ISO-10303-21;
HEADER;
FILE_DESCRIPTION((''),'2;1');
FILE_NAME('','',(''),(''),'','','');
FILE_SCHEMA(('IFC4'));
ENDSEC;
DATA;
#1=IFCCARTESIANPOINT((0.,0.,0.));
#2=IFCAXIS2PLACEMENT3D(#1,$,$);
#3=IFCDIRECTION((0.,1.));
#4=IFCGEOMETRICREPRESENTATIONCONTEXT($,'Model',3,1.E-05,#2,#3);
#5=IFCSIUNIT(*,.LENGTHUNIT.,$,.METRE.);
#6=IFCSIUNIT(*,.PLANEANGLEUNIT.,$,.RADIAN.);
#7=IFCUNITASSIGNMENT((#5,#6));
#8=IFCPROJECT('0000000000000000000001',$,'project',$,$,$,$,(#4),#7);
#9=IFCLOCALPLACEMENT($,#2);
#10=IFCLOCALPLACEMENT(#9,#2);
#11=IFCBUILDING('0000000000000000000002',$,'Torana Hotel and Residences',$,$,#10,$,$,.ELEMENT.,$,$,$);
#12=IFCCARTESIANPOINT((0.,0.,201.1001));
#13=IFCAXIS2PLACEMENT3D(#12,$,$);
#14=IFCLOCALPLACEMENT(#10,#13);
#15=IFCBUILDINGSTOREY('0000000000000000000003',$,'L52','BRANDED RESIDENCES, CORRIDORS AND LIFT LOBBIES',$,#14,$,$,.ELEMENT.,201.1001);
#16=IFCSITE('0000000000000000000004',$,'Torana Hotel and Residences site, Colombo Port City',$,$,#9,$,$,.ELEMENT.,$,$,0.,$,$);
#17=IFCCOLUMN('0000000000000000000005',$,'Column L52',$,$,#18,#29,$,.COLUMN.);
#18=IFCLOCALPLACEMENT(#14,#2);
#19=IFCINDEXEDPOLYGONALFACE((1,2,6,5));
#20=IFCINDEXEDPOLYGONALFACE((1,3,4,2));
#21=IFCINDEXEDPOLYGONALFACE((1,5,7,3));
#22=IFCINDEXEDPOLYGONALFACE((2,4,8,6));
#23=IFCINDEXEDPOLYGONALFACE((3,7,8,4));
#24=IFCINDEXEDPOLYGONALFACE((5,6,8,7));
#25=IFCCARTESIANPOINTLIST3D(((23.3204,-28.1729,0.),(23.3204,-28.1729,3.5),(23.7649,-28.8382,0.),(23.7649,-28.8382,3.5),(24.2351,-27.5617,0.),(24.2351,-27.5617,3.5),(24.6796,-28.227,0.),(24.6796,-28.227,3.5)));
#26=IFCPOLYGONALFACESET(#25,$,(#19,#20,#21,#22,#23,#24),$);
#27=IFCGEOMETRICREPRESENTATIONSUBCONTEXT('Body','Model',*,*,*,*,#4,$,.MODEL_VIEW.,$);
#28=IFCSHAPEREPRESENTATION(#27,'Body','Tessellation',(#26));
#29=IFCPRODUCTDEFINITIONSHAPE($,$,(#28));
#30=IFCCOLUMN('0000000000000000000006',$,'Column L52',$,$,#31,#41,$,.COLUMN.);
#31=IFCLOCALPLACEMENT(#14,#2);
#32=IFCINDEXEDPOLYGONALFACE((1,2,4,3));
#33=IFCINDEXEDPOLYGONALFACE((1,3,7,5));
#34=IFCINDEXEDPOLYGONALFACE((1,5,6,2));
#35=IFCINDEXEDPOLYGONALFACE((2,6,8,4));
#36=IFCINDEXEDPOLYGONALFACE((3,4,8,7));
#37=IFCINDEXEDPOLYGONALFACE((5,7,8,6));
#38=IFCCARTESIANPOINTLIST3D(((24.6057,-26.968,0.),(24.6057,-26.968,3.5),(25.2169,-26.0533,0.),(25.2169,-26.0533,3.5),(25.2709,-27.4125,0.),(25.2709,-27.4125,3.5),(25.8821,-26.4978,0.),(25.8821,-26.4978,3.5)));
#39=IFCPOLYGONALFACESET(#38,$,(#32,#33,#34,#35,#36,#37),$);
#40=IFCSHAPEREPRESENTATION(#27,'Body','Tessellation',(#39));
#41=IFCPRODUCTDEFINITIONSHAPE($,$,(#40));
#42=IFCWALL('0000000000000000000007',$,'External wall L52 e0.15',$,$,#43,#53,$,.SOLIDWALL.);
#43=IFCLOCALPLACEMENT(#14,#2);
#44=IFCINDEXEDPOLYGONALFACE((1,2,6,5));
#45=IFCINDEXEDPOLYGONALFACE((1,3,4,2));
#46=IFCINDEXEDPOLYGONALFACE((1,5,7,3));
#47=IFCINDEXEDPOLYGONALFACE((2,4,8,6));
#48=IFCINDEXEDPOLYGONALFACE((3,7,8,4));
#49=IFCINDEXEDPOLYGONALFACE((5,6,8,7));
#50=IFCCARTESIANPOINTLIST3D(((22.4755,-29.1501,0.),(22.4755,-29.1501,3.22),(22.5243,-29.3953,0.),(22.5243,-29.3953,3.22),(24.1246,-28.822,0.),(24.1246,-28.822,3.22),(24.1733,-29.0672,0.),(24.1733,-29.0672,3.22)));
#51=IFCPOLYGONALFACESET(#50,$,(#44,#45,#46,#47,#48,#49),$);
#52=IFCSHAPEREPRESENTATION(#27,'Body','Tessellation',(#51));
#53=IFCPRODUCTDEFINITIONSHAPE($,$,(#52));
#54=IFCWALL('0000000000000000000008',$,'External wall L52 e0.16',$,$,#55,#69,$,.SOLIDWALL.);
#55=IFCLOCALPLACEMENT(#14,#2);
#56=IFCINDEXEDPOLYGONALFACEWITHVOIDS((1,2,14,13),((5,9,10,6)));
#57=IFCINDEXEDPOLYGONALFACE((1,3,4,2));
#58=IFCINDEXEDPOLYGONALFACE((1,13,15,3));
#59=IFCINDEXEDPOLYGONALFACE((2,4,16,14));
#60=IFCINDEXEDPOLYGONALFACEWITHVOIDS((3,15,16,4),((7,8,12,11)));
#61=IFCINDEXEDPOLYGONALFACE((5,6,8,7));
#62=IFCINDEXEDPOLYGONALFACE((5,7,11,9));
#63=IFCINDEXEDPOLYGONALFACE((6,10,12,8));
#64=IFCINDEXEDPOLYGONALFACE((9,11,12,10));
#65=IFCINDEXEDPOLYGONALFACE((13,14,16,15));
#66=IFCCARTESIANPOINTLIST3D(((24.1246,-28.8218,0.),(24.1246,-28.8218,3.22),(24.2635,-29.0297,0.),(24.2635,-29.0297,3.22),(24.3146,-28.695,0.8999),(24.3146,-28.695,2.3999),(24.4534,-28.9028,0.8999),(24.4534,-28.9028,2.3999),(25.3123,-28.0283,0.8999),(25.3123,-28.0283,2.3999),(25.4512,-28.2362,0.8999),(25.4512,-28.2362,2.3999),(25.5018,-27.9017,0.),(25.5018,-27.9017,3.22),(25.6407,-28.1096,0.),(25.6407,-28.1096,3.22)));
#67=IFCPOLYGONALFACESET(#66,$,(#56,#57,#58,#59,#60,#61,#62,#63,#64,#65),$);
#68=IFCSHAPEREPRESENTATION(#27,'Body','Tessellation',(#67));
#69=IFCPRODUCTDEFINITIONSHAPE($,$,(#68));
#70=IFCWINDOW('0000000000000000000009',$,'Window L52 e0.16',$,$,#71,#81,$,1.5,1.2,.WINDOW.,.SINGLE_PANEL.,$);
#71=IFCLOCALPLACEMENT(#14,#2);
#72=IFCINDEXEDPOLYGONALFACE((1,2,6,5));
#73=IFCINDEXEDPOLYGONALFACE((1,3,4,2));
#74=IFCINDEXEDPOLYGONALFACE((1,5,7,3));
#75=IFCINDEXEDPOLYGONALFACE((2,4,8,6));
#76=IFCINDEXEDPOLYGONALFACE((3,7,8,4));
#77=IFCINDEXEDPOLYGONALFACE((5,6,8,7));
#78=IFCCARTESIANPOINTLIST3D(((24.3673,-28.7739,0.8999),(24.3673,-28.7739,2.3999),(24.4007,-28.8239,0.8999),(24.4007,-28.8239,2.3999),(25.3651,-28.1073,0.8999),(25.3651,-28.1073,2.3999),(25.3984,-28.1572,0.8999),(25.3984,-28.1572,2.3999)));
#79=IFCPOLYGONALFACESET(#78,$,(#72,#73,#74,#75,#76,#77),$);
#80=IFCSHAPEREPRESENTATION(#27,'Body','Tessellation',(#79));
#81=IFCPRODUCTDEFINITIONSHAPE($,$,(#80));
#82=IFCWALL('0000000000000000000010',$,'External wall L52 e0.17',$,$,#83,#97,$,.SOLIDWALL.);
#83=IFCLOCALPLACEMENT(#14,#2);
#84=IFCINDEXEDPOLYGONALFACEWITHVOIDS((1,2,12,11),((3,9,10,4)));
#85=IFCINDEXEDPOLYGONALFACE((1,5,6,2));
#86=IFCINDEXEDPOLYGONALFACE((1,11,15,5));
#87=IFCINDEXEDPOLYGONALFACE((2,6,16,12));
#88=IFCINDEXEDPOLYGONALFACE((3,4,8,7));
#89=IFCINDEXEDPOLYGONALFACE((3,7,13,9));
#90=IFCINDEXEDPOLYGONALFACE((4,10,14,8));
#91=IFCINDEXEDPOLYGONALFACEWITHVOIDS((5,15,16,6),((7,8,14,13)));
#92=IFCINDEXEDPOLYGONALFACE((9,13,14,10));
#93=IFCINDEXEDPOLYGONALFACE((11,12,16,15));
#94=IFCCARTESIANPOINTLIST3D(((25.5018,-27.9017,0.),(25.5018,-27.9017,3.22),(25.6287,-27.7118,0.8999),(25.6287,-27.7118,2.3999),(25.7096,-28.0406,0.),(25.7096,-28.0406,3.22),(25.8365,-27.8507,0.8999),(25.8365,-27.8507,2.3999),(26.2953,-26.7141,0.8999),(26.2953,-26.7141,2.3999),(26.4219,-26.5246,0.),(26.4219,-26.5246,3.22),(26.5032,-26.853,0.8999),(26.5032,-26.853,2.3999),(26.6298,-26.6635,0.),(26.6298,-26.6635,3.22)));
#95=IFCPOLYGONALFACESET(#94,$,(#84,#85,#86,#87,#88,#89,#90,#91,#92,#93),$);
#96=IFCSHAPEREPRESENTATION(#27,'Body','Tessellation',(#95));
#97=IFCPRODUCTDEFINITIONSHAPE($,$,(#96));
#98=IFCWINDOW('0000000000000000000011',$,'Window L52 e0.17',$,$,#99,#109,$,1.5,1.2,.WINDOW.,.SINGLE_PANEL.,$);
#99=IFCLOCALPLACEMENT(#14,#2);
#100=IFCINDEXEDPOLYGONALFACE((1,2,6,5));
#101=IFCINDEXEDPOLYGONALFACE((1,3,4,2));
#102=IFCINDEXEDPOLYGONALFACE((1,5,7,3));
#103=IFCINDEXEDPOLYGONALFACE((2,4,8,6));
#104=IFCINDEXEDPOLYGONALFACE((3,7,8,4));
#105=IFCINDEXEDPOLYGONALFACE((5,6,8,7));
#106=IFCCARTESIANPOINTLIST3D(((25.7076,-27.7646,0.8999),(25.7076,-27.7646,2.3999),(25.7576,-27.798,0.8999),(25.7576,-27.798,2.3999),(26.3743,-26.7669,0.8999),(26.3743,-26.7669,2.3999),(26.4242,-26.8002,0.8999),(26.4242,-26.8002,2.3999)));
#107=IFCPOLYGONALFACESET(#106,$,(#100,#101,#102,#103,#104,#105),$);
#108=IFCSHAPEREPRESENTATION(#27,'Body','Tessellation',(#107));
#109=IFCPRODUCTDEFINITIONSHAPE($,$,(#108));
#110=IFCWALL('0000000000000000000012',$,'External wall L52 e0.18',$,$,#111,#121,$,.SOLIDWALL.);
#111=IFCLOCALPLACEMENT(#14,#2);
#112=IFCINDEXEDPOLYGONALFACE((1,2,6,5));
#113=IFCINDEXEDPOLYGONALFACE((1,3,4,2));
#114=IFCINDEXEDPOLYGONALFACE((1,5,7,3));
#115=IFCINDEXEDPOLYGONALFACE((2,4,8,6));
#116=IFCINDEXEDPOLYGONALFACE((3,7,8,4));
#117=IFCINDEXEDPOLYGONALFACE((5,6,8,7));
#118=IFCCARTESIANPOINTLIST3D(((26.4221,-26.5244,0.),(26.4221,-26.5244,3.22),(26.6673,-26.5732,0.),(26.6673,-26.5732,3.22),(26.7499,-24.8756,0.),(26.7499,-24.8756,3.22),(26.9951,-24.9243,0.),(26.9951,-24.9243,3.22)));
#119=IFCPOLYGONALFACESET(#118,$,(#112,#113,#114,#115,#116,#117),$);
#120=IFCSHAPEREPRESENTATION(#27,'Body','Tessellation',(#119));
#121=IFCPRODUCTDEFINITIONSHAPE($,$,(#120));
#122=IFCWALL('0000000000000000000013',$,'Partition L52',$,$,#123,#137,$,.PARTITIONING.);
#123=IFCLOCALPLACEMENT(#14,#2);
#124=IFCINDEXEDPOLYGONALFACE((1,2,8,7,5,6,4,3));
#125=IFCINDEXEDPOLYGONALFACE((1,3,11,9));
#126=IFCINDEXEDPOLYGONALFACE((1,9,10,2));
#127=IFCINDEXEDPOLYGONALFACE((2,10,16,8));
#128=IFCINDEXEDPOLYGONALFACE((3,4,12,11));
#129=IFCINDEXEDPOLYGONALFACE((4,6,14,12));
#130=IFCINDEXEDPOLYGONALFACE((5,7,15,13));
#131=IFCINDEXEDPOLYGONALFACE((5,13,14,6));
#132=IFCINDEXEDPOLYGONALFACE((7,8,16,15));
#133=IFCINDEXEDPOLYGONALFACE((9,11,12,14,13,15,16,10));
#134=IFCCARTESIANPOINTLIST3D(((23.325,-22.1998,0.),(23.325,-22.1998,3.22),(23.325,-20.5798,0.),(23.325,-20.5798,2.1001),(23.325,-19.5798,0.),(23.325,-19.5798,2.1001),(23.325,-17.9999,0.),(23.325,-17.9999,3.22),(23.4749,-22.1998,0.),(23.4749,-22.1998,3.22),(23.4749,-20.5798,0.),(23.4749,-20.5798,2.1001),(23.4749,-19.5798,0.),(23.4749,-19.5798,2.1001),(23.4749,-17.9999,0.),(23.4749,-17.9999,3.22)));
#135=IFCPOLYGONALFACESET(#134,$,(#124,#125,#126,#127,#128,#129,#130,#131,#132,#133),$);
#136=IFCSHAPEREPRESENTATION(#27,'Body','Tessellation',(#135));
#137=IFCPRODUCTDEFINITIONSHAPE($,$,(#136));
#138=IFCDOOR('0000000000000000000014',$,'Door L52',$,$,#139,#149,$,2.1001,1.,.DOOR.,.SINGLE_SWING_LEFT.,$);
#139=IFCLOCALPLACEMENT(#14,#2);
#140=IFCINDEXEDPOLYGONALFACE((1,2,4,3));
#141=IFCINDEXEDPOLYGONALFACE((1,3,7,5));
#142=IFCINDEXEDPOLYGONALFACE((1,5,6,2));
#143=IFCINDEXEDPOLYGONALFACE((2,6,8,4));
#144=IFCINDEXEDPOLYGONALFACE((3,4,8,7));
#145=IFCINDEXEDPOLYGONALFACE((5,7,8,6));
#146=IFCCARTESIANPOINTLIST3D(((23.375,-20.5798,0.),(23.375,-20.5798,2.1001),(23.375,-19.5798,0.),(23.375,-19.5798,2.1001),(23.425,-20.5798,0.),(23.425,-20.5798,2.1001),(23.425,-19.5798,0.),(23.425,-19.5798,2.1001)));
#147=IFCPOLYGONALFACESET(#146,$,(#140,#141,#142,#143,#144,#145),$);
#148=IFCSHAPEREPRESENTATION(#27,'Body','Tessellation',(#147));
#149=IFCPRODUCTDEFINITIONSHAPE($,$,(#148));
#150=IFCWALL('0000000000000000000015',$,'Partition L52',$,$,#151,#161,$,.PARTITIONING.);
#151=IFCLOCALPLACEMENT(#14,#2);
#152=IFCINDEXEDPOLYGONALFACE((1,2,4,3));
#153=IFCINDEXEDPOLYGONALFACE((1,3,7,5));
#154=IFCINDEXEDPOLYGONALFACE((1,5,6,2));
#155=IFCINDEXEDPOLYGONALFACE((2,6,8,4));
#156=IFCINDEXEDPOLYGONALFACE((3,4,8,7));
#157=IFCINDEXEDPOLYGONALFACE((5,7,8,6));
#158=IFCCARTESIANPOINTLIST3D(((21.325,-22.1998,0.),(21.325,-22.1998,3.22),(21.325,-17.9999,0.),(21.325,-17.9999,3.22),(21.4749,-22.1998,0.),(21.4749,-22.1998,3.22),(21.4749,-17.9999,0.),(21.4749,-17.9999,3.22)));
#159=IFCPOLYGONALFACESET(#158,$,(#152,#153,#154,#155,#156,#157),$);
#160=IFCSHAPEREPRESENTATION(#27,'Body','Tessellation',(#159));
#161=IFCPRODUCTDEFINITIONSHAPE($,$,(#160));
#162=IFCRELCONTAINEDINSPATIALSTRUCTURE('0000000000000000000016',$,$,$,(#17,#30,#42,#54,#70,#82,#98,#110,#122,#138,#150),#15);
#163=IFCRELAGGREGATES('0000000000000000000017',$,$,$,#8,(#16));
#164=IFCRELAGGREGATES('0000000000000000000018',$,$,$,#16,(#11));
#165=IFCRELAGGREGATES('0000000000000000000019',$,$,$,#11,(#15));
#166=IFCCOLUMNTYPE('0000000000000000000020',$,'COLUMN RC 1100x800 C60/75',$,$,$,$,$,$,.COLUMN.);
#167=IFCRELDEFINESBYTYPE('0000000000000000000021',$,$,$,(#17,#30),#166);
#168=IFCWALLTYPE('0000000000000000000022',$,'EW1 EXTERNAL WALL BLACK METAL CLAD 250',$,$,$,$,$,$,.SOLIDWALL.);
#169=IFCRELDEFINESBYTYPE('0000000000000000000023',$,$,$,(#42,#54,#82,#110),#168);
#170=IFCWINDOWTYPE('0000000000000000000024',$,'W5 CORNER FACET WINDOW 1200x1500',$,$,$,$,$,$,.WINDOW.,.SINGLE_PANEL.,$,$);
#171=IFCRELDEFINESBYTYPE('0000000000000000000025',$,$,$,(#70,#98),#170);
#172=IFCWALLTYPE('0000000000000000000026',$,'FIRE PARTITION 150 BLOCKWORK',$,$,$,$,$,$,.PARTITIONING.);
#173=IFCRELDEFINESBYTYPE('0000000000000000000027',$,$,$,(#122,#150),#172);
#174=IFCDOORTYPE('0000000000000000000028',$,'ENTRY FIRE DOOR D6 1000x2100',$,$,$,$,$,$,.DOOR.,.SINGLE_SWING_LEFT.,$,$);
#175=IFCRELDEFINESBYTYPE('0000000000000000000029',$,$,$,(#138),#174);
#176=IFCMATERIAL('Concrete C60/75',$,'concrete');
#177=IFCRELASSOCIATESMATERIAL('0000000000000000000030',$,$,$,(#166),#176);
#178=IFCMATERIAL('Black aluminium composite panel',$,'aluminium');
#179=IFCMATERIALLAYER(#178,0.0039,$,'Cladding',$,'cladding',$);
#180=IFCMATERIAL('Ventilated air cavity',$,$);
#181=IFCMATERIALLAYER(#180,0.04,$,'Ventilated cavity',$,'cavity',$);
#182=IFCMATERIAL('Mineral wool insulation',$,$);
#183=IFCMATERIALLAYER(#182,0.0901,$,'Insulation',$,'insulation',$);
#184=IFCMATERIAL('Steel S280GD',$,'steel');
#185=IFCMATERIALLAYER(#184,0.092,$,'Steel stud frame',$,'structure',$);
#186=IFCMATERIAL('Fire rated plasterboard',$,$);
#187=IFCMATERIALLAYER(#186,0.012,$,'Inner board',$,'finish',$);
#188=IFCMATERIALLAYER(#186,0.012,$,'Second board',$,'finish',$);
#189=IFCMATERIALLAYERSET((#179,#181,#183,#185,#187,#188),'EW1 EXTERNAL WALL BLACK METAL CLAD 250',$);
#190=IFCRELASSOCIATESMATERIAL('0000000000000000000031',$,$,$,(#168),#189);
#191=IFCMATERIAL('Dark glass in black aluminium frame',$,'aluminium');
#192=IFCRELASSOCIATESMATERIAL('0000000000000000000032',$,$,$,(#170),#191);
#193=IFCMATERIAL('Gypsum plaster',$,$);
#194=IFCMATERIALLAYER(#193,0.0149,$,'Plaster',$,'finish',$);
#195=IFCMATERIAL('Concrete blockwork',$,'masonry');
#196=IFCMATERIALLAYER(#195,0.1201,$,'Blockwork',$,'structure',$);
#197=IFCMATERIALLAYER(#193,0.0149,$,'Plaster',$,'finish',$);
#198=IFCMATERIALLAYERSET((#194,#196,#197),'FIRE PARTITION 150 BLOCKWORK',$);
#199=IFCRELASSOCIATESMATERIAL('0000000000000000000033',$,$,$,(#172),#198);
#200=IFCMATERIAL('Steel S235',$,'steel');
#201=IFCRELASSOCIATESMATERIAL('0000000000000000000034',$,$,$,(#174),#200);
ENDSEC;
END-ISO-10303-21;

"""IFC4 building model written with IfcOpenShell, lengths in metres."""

from ifc_helpers import new_model, si_unit, direction, frame, frame_2d, origin, origin_2d, place, context, subcontext, project, spatial, rectangle, extrude, material, layer, layer_set, material_profile, profile_set, type_object, element, fill, save


model = new_model("IFC4")

# Units and contexts
model_context = context("Model", 3, precision=1e-05, world=origin(), true_north=direction((0.0, 1.0)))
body_context = subcontext(model_context, "Body", "Model", "MODEL_VIEW")
ifc_project = project(units=[si_unit("LENGTHUNIT", "METRE"), si_unit("PLANEANGLEUNIT", "RADIAN")], contexts=[model_context])

# Site, building, storey
site_placement = place(None, origin())
site = spatial("IfcSite", under=ifc_project, at=site_placement, Name="Torana Hotel and Residences site, Colombo Port City", CompositionType="ELEMENT", RefElevation=0.0)
building_placement = place(site_placement, origin())
building = spatial("IfcBuilding", under=site, at=building_placement, Name="Torana Hotel and Residences", CompositionType="ELEMENT")
storey_placement = place(building_placement, frame((0.0, 0.0, 201.1001)))
storey = spatial("IfcBuildingStorey", under=building, at=storey_placement, Name="L52", Description="BRANDED RESIDENCES, CORRIDORS AND LIFT LOBBIES", CompositionType="ELEMENT", Elevation=201.1001)

# Columns
ifc_material_1 = material(Name="Concrete C60/75", Category="concrete")
ifc_material_profile = material_profile(ifc_material_1, rectangle(XDim=1.1001, YDim=0.8, at=origin_2d()), Name="RC 1100x800")
ifc_profile_set = profile_set([ifc_material_profile], Name="Concrete C60/75")
column_type = type_object("IfcColumnType", Name="COLUMN RC 1100x800 C60/75", PredefinedType="COLUMN", material=ifc_profile_set)
for number, where, z_axis, x_axis, name in (
    (1, (24.0, -28.2, 0.0), (0.0, 0.0, 1.0), (0.83146, 0.555585, 0.0), "Column L52"),
    (2, (25.2439, -26.7329, 0.0), (0.0, 0.0, 1.0), (0.555585, 0.83146, 0.0), "Column L52"),
):
    element("IfcColumn", number, at=place(storey_placement, frame(where, z_axis=z_axis, x_axis=x_axis)), inside=storey, type_object=column_type, Name=name, PredefinedType="COLUMN", context=body_context, shape_type="SweptSolid", body=[
        extrude(rectangle(XDim=1.1001, YDim=0.8, at=origin_2d()), origin(), (0.0, 0.0, 1.0), 3.5),
    ])

# Wall
ifc_material_2 = material(Name="Black aluminium composite panel", Category="aluminium")
ifc_layer_1 = layer(ifc_material_2, 0.0039, Name="Cladding", Category="cladding")
ifc_material_3 = material(Name="Ventilated air cavity")
ifc_layer_2 = layer(ifc_material_3, 0.04, Name="Ventilated cavity", Category="cavity")
ifc_material_4 = material(Name="Mineral wool insulation")
ifc_layer_3 = layer(ifc_material_4, 0.0901, Name="Insulation", Category="insulation")
ifc_material_5 = material(Name="Steel S280GD", Category="steel")
ifc_layer_4 = layer(ifc_material_5, 0.092, Name="Steel stud frame", Category="structure")
ifc_material_6 = material(Name="Fire rated plasterboard")
ifc_layer_5 = layer(ifc_material_6, 0.012, Name="Inner board", Category="finish")
ifc_layer_6 = layer(ifc_material_6, 0.012, Name="Second board", Category="finish")
ifc_layer_set_1 = layer_set([ifc_layer_1, ifc_layer_2, ifc_layer_3, ifc_layer_4, ifc_layer_5, ifc_layer_6], Name="EW1 EXTERNAL WALL BLACK METAL CLAD 250")
wall_type_1 = type_object("IfcWallType", Name="EW1 EXTERNAL WALL BLACK METAL CLAD 250", PredefinedType="SOLIDWALL", material=ifc_layer_set_1)
wall_1_placement = place(storey_placement, frame((22.4998, -29.2727, 0.0), z_axis=(0.0, 0.0, 1.0), x_axis=(0.980776, 0.195139, 0.0)))
element("IfcWall", 3, at=wall_1_placement, inside=storey, type_object=wall_type_1, Name="External wall L52 e0.15", PredefinedType="SOLIDWALL", context=body_context, shape_type="SweptSolid", body=[
    extrude(rectangle(XDim=1.6814, YDim=0.25, at=frame_2d((0.8408, 0.0))), origin(), (0.0, 0.0, 1.0), 3.22),
])

# Walls, openings, windows
wall_2_placement = place(storey_placement, frame((24.1941, -28.9258, 0.0), z_axis=(0.0, 0.0, 1.0), x_axis=(0.831483, 0.55555, 0.0)))
wall_2 = element("IfcWall", 4, at=wall_2_placement, inside=storey, type_object=wall_type_1, Name="External wall L52 e0.16", PredefinedType="SOLIDWALL", context=body_context, shape_type="SweptSolid", body=[
    extrude(rectangle(XDim=1.6562, YDim=0.25, at=frame_2d((0.8281, 0.0))), origin(), (0.0, 0.0, 1.0), 3.22),
])
opening_1_placement = place(wall_2_placement, frame((0.2283, 0.0, 0.8999)))
opening_1 = element("IfcOpeningElement", 5, at=opening_1_placement, cuts=wall_2, PredefinedType="OPENING", context=body_context, shape_type="SweptSolid", body=[
    extrude(rectangle(XDim=1.2, YDim=1.5, at=frame_2d((0.6001, 0.75))), frame((0.0, 0.135, 0.0), z_axis=(0.0, -1.0, 0.0), x_axis=(1.0, 0.0, 0.0)), (0.0, 0.0, 1.0), 0.27),
])
ifc_material_7 = material(Name="Dark glass in black aluminium frame", Category="aluminium")
window_type = type_object("IfcWindowType", Name="W5 CORNER FACET WINDOW 1200x1500", PartitioningType="SINGLE_PANEL", PredefinedType="WINDOW", material=ifc_material_7)
window_1_placement = place(opening_1_placement, origin())
window_1 = element("IfcWindow", 6, at=window_1_placement, inside=storey, type_object=window_type, Name="Window L52 e0.16", OverallHeight=1.5, OverallWidth=1.2, PartitioningType="SINGLE_PANEL", PredefinedType="WINDOW", context=body_context, shape_type="SweptSolid", body=[
    extrude(rectangle(XDim=1.2, YDim=1.5, at=frame_2d((0.6001, 0.75))), frame((0.0, 0.03, 0.0), z_axis=(0.0, -1.0, 0.0), x_axis=(1.0, 0.0, 0.0)), (0.0, 0.0, 1.0), 0.0601),
])
fill(opening_1, window_1)
wall_3_placement = place(storey_placement, frame((25.6057, -27.9712, 0.0), z_axis=(0.0, 0.0, 1.0), x_axis=(0.55555, 0.831483, 0.0)))
wall_3 = element("IfcWall", 7, at=wall_3_placement, inside=storey, type_object=wall_type_1, Name="External wall L52 e0.17", PredefinedType="SOLIDWALL", context=body_context, shape_type="SweptSolid", body=[
    extrude(rectangle(XDim=1.6562, YDim=0.25, at=frame_2d((0.8281, 0.0))), origin(), (0.0, 0.0, 1.0), 3.22),
])
opening_2_placement = place(wall_3_placement, frame((0.2283, 0.0, 0.8999)))
opening_2 = element("IfcOpeningElement", 8, at=opening_2_placement, cuts=wall_3, PredefinedType="OPENING", context=body_context, shape_type="SweptSolid", body=[
    extrude(rectangle(XDim=1.2, YDim=1.5, at=frame_2d((0.6001, 0.75))), frame((0.0, 0.135, 0.0), z_axis=(0.0, -1.0, 0.0), x_axis=(1.0, 0.0, 0.0)), (0.0, 0.0, 1.0), 0.27),
])
window_2_placement = place(opening_2_placement, origin())
window_2 = element("IfcWindow", 9, at=window_2_placement, inside=storey, type_object=window_type, Name="Window L52 e0.17", OverallHeight=1.5, OverallWidth=1.2, PartitioningType="SINGLE_PANEL", PredefinedType="WINDOW", context=body_context, shape_type="SweptSolid", body=[
    extrude(rectangle(XDim=1.2, YDim=1.5, at=frame_2d((0.6001, 0.75))), frame((0.0, 0.03, 0.0), z_axis=(0.0, -1.0, 0.0), x_axis=(1.0, 0.0, 0.0)), (0.0, 0.0, 1.0), 0.0601),
])
fill(opening_2, window_2)

# Wall
wall_4_placement = place(storey_placement, frame((26.5447, -26.5488, 0.0), z_axis=(0.0, 0.0, 1.0), x_axis=(0.195027, 0.980798, 0.0)))
element("IfcWall", 10, at=wall_4_placement, inside=storey, type_object=wall_type_1, Name="External wall L52 e0.18", PredefinedType="SOLIDWALL", context=body_context, shape_type="SweptSolid", body=[
    extrude(rectangle(XDim=1.6812, YDim=0.25, at=frame_2d((0.8406, 0.0))), origin(), (0.0, 0.0, 1.0), 3.22),
])

# Wall, opening, door
ifc_material_8 = material(Name="Gypsum plaster")
ifc_layer_7 = layer(ifc_material_8, 0.0149, Name="Plaster", Category="finish")
ifc_material_9 = material(Name="Concrete blockwork", Category="masonry")
ifc_layer_8 = layer(ifc_material_9, 0.1201, Name="Blockwork", Category="structure")
ifc_layer_9 = layer(ifc_material_8, 0.0149, Name="Plaster", Category="finish")
ifc_layer_set_2 = layer_set([ifc_layer_7, ifc_layer_8, ifc_layer_9], Name="FIRE PARTITION 150 BLOCKWORK")
wall_type_2 = type_object("IfcWallType", Name="FIRE PARTITION 150 BLOCKWORK", PredefinedType="PARTITIONING", material=ifc_layer_set_2)
wall_5_placement = place(storey_placement, frame((23.3999, -22.2, 0.0), z_axis=(0.0, 0.0, 1.0), x_axis=(0.0, 1.0, 0.0)))
wall_5 = element("IfcWall", 11, at=wall_5_placement, inside=storey, type_object=wall_type_2, Name="Partition L52", PredefinedType="PARTITIONING", context=body_context, shape_type="SweptSolid", body=[
    extrude(rectangle(XDim=4.2, YDim=0.1499, at=frame_2d((2.1001, 0.0))), origin(), (0.0, 0.0, 1.0), 3.22),
])
opening_3_placement = place(wall_5_placement, frame((1.6201, 0.0, 0.0)))
opening_3 = element("IfcOpeningElement", 12, at=opening_3_placement, cuts=wall_5, PredefinedType="OPENING", context=body_context, shape_type="SweptSolid", body=[
    extrude(rectangle(XDim=1.0, YDim=2.1001, at=frame_2d((0.5, 1.05))), frame((0.0, 0.085, 0.0), z_axis=(0.0, -1.0, 0.0), x_axis=(1.0, 0.0, 0.0)), (0.0, 0.0, 1.0), 0.1699),
])
ifc_material_10 = material(Name="Steel S235", Category="steel")
door_type_1 = type_object("IfcDoorType", Name="ENTRY FIRE DOOR D6 1000x2100", OperationType="SINGLE_SWING_LEFT", PredefinedType="DOOR", material=ifc_material_10)
door_1_placement = place(opening_3_placement, frame((0.5, 0.0, 0.0), z_axis=(0.0, 0.0, 1.0), x_axis=(-1.0, 0.0, 0.0)))
door_1 = element("IfcDoor", 13, at=door_1_placement, inside=storey, type_object=door_type_1, Name="Door L52", OperationType="SINGLE_SWING_LEFT", OverallHeight=2.1001, OverallWidth=1.0, PredefinedType="DOOR", context=body_context, shape_type="SweptSolid", body=[
    extrude(rectangle(XDim=1.0, YDim=2.1001, at=frame_2d((0.0, 1.05))), frame((0.0, -0.0249, 0.0), z_axis=(0.0, 1.0, 0.0), x_axis=(-1.0, 0.0, 0.0)), (0.0, 0.0, 1.0), 0.05),
])
fill(opening_3, door_1)

# Wall
wall_6_placement = place(storey_placement, frame((21.3999, -22.2, 0.0), z_axis=(0.0, 0.0, 1.0), x_axis=(0.0, 1.0, 0.0)))
element("IfcWall", 14, at=wall_6_placement, inside=storey, type_object=wall_type_2, Name="Partition L52", PredefinedType="PARTITIONING", context=body_context, shape_type="SweptSolid", body=[
    extrude(rectangle(XDim=4.2, YDim=0.1499, at=frame_2d((2.1001, 0.0))), origin(), (0.0, 0.0, 1.0), 3.22),
])

save(model, "model.ifc")
